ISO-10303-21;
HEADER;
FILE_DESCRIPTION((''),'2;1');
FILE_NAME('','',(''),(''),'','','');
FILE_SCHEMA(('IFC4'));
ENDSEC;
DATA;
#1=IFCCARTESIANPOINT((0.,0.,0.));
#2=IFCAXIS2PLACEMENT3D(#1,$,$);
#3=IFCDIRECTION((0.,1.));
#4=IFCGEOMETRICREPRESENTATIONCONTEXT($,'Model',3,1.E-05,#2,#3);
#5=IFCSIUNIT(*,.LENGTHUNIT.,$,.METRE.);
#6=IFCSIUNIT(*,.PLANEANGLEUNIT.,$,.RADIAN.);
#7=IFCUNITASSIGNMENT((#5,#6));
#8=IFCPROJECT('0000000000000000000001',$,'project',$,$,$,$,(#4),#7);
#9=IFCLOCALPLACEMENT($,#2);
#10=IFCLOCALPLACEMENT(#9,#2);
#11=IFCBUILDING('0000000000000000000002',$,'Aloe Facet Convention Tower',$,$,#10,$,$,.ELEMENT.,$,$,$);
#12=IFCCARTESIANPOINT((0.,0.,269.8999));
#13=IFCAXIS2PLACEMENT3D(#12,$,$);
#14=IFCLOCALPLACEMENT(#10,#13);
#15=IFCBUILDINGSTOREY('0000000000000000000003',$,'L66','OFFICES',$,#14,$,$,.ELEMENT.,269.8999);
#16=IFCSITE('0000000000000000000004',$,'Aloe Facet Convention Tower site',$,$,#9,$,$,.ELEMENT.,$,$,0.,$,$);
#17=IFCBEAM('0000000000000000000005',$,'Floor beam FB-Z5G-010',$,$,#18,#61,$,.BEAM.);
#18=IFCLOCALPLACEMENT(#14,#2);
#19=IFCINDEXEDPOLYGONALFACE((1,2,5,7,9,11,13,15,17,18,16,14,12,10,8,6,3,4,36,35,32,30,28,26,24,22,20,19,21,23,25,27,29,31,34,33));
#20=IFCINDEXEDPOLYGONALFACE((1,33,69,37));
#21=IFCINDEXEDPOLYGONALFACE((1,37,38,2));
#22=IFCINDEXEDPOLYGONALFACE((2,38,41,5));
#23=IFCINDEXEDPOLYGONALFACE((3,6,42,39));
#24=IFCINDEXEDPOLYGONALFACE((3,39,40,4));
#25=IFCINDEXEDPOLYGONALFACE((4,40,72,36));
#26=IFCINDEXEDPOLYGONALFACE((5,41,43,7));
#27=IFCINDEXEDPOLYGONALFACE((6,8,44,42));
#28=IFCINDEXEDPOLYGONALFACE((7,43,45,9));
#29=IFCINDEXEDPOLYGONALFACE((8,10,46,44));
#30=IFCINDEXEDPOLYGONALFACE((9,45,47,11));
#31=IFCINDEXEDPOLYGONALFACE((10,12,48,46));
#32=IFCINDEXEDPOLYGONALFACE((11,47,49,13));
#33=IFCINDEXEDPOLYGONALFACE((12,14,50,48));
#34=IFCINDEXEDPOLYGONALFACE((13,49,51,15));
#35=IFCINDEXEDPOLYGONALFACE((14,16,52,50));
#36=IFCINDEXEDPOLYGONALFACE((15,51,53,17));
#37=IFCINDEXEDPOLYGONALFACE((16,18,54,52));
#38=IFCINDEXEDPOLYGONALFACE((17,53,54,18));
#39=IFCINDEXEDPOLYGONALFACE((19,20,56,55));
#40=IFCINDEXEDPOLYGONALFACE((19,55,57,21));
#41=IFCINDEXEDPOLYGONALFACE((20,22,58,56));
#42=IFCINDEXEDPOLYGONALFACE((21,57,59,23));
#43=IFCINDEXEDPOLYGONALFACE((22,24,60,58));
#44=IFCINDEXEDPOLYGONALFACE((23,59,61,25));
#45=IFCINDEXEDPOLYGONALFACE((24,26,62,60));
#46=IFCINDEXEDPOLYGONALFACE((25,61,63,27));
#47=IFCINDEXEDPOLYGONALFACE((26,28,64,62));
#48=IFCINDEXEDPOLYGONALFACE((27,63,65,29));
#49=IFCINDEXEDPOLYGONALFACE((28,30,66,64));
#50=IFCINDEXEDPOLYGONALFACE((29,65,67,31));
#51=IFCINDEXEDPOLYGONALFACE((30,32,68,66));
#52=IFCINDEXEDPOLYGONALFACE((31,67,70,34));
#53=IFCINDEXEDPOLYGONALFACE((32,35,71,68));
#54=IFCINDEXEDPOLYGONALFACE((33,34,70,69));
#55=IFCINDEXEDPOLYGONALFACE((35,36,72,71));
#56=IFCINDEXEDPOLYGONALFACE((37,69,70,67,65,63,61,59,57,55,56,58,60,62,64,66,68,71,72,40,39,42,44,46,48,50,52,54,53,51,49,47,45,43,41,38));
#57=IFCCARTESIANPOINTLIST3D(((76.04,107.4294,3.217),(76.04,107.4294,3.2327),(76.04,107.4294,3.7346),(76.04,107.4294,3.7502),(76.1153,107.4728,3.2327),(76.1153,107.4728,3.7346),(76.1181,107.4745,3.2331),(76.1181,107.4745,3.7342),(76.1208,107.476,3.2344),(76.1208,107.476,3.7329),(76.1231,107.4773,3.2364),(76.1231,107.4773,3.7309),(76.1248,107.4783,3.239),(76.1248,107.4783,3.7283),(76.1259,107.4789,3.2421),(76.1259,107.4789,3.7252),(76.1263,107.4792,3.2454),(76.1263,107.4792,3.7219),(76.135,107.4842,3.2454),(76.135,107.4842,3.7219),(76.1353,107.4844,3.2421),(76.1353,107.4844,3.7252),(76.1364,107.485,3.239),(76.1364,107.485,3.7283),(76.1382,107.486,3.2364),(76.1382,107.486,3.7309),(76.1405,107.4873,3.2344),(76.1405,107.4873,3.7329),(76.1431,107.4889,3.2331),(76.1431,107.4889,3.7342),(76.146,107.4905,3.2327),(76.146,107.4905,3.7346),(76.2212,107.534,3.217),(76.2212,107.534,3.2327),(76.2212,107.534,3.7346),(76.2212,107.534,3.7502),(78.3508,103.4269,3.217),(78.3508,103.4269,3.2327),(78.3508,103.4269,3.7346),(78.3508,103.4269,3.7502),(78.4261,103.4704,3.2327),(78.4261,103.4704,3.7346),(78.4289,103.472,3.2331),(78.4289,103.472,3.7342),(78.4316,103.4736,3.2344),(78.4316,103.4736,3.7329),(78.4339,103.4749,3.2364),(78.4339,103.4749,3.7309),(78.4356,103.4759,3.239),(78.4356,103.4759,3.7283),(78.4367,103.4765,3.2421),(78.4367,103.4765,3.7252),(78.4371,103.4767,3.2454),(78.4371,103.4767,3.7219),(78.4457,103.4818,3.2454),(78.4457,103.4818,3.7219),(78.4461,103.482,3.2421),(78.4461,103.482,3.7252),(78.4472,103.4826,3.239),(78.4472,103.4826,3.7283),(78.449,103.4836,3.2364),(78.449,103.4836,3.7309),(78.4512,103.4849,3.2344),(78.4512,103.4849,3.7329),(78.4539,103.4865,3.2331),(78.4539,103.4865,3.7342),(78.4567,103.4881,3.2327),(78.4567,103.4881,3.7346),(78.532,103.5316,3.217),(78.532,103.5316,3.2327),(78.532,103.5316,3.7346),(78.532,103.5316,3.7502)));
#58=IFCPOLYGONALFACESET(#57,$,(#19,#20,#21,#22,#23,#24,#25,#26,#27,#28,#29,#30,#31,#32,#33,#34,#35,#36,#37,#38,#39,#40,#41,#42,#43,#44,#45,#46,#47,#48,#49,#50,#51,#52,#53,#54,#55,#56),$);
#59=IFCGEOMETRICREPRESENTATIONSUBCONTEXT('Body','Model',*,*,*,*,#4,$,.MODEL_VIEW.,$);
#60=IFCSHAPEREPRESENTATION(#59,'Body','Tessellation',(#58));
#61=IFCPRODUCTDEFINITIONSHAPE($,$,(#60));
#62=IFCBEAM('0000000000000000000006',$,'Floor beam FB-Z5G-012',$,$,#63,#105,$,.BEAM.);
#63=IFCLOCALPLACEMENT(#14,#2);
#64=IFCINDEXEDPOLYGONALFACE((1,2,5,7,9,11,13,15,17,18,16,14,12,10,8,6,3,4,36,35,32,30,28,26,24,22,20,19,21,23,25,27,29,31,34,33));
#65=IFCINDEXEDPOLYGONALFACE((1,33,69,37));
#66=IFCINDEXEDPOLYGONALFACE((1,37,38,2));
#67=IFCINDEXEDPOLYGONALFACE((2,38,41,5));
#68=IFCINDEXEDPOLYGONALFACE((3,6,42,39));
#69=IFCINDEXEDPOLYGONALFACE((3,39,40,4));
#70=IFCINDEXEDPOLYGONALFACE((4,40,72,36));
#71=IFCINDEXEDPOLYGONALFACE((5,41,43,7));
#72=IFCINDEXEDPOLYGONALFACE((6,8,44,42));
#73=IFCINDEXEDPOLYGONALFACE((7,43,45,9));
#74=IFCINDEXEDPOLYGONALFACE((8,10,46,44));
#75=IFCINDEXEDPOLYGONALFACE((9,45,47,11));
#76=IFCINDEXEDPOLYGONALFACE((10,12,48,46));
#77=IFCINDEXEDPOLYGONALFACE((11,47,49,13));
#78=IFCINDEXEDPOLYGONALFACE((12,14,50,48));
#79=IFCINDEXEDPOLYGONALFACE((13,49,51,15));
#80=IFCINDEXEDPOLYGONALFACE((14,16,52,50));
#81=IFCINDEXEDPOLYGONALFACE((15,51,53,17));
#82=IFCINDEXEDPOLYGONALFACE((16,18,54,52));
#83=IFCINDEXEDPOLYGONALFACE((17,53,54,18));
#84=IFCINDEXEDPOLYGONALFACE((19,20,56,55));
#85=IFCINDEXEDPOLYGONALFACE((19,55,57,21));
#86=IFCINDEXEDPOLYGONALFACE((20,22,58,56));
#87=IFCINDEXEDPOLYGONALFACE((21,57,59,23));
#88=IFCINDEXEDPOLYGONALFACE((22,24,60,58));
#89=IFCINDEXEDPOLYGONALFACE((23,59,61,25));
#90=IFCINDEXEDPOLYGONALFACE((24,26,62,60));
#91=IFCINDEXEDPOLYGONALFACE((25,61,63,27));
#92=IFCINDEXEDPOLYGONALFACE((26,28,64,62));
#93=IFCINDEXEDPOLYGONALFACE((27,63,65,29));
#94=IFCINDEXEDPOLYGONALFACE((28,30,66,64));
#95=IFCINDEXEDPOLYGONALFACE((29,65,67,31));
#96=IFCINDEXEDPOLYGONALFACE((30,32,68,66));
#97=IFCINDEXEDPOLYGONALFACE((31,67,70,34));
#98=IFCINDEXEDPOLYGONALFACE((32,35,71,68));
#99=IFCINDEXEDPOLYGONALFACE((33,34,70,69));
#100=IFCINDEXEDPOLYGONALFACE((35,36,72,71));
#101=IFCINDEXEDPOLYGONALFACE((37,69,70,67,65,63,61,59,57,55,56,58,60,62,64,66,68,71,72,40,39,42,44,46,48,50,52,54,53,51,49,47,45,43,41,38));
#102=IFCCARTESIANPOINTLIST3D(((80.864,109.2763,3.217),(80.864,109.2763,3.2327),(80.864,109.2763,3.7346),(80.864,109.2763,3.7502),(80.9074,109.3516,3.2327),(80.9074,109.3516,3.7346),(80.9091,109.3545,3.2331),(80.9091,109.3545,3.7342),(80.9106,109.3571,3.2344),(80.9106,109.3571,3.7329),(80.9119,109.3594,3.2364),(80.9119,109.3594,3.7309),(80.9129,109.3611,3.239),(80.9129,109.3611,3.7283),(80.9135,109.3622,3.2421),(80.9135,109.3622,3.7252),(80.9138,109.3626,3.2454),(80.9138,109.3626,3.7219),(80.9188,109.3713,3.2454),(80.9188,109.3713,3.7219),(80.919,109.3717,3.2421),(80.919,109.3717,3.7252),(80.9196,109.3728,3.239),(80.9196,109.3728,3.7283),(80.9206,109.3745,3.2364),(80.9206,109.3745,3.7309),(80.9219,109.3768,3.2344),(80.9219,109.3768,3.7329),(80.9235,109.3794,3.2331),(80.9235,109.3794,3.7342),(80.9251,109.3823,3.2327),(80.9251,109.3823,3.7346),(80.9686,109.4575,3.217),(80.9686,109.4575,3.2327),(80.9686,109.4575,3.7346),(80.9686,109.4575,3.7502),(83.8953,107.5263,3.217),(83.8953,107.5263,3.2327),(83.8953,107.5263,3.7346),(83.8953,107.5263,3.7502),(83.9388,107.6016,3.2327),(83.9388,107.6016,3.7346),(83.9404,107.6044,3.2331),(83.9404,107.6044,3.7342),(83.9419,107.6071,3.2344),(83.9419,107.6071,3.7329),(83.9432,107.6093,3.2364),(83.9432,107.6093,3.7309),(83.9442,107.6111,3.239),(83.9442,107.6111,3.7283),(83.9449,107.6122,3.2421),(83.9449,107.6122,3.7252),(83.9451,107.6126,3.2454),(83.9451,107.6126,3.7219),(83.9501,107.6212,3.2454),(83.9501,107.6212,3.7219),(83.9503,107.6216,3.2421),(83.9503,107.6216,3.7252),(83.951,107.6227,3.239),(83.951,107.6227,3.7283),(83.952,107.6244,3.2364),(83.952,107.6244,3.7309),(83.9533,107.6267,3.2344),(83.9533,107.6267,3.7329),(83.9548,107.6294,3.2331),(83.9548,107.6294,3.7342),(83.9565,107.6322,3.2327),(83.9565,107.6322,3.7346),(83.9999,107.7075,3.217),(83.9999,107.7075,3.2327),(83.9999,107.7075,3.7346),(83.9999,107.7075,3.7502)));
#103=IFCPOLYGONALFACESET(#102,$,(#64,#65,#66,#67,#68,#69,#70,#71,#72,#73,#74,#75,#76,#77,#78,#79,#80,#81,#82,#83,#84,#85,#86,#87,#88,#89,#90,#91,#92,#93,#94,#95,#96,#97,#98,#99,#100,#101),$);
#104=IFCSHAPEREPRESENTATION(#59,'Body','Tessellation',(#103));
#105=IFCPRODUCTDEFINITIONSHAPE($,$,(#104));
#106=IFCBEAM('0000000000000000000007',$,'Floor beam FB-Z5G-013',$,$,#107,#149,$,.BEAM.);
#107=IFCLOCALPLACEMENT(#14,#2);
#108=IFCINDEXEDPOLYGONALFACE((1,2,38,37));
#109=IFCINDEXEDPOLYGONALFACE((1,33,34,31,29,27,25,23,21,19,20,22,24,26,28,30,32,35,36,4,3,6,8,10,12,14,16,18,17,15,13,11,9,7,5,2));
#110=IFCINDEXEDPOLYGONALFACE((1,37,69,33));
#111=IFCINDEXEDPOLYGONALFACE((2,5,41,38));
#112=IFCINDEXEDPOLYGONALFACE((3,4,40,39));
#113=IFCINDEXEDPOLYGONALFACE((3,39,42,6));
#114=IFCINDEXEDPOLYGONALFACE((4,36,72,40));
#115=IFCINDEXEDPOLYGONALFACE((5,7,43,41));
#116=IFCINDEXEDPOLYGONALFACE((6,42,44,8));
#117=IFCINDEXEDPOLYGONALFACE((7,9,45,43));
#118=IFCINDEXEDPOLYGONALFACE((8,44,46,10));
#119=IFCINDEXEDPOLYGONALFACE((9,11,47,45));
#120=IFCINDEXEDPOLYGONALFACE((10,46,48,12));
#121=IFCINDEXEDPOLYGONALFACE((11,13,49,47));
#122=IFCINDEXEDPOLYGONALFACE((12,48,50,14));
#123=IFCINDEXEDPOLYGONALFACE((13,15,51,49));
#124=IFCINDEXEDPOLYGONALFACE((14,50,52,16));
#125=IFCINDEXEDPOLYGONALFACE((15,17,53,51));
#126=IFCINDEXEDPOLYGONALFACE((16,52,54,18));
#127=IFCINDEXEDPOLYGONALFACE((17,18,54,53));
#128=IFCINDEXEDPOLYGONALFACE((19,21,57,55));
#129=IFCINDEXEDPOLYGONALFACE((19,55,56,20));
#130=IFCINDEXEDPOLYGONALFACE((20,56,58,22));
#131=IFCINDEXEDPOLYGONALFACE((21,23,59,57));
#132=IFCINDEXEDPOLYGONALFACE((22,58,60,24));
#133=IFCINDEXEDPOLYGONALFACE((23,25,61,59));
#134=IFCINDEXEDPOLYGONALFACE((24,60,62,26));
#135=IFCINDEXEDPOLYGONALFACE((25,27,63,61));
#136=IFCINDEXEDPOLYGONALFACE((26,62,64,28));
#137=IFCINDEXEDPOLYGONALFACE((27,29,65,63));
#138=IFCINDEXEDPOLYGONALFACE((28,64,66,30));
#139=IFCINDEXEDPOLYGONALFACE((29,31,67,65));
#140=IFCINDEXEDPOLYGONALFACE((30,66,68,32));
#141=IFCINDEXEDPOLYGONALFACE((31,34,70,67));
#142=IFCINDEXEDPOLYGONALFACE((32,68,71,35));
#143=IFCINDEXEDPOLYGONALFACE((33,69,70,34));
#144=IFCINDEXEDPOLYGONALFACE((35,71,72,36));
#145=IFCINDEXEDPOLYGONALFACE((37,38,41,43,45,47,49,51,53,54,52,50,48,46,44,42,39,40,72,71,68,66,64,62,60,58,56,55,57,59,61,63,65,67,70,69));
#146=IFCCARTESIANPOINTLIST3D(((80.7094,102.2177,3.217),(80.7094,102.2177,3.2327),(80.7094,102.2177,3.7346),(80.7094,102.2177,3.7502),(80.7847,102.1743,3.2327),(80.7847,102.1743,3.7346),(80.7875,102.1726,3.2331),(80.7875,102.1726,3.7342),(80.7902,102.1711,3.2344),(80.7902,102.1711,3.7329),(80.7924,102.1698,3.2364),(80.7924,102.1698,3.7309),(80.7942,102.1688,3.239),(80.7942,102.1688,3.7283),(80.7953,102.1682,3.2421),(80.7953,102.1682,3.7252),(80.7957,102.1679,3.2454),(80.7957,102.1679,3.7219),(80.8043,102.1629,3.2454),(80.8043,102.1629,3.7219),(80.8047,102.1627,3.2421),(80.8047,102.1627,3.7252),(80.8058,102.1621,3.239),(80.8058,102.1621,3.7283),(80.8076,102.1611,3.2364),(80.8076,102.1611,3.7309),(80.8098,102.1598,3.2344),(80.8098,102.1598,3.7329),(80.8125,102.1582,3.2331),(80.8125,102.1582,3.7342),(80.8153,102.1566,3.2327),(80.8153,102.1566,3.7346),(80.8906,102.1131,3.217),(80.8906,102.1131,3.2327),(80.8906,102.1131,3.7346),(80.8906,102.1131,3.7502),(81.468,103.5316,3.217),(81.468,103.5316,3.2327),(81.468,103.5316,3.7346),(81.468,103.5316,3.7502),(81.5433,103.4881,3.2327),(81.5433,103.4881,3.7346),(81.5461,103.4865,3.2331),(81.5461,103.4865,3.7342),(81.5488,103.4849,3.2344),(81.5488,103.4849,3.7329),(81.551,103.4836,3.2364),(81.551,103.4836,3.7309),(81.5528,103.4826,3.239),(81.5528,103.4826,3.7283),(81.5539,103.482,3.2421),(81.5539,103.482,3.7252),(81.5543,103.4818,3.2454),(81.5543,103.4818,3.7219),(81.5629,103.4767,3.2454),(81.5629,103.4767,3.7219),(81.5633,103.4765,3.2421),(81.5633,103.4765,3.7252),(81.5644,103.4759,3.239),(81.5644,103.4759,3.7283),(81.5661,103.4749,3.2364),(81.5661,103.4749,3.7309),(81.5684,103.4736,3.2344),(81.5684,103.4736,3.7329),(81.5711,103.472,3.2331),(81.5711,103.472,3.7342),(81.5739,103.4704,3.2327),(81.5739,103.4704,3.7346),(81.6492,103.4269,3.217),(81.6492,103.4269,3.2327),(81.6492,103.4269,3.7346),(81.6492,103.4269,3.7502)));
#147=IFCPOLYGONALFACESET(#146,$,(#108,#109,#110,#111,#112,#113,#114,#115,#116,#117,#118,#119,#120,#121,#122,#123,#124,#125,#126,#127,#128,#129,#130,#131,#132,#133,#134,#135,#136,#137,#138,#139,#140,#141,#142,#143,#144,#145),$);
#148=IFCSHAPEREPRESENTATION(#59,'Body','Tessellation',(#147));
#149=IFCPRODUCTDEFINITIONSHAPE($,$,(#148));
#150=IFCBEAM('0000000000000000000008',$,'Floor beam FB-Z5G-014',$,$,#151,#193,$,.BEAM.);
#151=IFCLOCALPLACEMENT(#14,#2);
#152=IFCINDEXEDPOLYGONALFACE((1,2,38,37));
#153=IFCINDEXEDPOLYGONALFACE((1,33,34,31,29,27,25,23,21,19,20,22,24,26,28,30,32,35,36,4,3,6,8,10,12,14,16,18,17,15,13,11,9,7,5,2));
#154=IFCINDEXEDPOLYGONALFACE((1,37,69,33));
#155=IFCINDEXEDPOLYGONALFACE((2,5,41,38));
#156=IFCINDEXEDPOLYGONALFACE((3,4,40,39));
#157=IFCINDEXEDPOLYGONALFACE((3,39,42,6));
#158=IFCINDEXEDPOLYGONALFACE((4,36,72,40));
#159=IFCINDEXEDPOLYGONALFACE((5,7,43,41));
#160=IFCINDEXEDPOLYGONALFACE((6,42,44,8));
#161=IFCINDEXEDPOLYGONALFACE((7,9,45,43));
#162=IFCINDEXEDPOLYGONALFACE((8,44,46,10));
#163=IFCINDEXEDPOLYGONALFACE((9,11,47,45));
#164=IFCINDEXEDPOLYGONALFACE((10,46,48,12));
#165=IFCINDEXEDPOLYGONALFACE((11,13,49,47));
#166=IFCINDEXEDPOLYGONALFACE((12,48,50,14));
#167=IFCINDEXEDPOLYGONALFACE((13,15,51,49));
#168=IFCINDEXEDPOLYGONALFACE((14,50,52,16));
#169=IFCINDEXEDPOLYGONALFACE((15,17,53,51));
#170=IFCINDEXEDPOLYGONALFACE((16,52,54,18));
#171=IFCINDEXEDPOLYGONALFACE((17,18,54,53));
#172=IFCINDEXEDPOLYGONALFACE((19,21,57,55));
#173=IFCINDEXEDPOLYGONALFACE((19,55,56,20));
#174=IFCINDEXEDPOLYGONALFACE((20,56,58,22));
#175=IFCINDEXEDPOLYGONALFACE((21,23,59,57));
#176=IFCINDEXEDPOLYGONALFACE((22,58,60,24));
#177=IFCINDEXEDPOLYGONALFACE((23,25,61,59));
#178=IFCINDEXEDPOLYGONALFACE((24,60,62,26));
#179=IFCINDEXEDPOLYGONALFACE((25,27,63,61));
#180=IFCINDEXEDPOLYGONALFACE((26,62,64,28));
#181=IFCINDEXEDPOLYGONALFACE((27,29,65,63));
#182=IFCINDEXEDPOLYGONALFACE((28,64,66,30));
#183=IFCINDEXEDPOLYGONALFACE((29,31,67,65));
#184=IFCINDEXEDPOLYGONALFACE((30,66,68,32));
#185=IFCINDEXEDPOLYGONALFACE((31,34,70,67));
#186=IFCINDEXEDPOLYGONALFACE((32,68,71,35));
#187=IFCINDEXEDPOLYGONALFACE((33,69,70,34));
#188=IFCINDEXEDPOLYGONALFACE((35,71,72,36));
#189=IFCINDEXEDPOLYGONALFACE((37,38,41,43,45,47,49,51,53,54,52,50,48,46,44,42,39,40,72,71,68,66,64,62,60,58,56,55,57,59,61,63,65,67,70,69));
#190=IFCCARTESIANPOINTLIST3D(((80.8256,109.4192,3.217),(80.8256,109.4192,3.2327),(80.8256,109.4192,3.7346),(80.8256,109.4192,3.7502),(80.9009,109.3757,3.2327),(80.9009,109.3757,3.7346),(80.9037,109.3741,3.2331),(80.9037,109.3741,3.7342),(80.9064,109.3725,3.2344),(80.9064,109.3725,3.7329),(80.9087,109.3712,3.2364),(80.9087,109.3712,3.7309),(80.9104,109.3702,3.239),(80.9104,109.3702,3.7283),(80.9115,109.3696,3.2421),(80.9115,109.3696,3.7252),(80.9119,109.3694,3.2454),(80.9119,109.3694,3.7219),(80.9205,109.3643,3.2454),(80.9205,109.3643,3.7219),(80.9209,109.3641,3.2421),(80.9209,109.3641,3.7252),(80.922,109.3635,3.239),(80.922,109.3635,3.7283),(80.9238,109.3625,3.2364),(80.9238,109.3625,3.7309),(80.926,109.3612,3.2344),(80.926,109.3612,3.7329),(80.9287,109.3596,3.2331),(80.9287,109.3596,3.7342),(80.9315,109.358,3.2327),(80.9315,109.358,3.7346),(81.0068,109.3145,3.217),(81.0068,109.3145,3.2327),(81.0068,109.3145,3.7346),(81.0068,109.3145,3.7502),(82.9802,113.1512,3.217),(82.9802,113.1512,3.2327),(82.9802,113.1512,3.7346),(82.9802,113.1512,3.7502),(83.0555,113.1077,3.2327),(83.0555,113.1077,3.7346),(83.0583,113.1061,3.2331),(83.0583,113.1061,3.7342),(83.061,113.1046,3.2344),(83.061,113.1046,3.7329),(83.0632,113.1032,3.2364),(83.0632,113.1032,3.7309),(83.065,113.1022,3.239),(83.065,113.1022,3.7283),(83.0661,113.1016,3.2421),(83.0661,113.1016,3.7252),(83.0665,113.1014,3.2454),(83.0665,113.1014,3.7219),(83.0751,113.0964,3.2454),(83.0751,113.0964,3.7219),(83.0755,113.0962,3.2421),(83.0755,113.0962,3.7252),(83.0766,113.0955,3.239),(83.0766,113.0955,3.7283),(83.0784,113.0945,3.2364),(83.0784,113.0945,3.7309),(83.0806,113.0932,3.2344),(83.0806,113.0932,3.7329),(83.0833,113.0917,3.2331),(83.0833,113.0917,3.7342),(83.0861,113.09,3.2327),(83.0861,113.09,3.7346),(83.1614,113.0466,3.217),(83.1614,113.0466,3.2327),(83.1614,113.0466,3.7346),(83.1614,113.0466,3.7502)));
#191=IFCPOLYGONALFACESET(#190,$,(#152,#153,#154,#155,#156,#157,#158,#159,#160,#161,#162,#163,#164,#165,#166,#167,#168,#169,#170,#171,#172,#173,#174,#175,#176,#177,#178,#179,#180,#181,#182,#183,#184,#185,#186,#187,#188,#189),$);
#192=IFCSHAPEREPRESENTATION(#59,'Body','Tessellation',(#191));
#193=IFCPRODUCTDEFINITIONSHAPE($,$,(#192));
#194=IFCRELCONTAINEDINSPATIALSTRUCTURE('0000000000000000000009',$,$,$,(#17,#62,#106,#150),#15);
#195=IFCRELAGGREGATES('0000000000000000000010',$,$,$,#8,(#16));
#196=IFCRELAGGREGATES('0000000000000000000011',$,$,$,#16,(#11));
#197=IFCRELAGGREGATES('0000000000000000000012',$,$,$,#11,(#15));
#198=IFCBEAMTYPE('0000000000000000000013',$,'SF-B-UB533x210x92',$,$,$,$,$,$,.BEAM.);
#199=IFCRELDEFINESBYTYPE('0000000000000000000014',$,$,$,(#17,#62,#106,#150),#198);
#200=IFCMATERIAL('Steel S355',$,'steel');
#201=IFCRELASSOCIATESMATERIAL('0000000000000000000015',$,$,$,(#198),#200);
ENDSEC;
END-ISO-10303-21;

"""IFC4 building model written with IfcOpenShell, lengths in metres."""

from ifc_helpers import new_model, si_unit, direction, frame, origin, origin_2d, place, context, subcontext, project, spatial, i_section, extrude, material, material_profile, profile_set, type_object, element, save


model = new_model("IFC4")

# Units and contexts
model_context = context("Model", 3, precision=1e-05, world=origin(), true_north=direction((0.0, 1.0)))
body_context = subcontext(model_context, "Body", "Model", "MODEL_VIEW")
ifc_project = project(units=[si_unit("LENGTHUNIT", "METRE"), si_unit("PLANEANGLEUNIT", "RADIAN")], contexts=[model_context])

# Site, building, storey
site_placement = place(None, origin())
site = spatial("IfcSite", under=ifc_project, at=site_placement, Name="Aloe Facet Convention Tower site", CompositionType="ELEMENT", RefElevation=0.0)
building_placement = place(site_placement, origin())
building = spatial("IfcBuilding", under=site, at=building_placement, Name="Aloe Facet Convention Tower", CompositionType="ELEMENT")
storey_placement = place(building_placement, frame((0.0, 0.0, 269.8999)))
storey = spatial("IfcBuildingStorey", under=building, at=storey_placement, Name="L66", Description="OFFICES", CompositionType="ELEMENT", Elevation=269.8999)

# Beams
ifc_material_1 = material(Name="Steel S355", Category="steel")
ifc_material_profile_1 = material_profile(ifc_material_1, i_section(OverallWidth=0.2092, OverallDepth=0.5332, WebThickness=0.01, FlangeThickness=0.0156, FilletRadius=0.0127, at=origin_2d()), Name="UB 533x210x92")
ifc_profile_set_1 = profile_set([ifc_material_profile_1], Name="Steel S355")
beam_type_1 = type_object("IfcBeamType", Name="SF-B-UB533x210x92", PredefinedType="BEAM", material=ifc_profile_set_1)
beam_1_placement = place(storey_placement, frame((78.4414, 103.4792, 3.4836), z_axis=(-0.499997, 0.866027, 0.0), x_axis=(-0.866027, -0.499997, 0.0)))
element("IfcBeam", 1, at=beam_1_placement, inside=storey, type_object=beam_type_1, Name="Floor beam FB-Z5G-010", PredefinedType="BEAM", context=body_context, shape_type="SweptSolid", body=[
    extrude(i_section(OverallWidth=0.2092, OverallDepth=0.5332, WebThickness=0.01, FlangeThickness=0.0156, FilletRadius=0.0127, at=origin_2d()), origin(), (0.0, 0.0, 1.0), 4.6216),
])
beam_2_placement = place(storey_placement, frame((80.9163, 109.3669, 3.4836), z_axis=(0.866037, -0.49998, 0.0), x_axis=(0.49998, 0.866037, 0.0)))
element("IfcBeam", 2, at=beam_2_placement, inside=storey, type_object=beam_type_1, Name="Floor beam FB-Z5G-012", PredefinedType="BEAM", context=body_context, shape_type="SweptSolid", body=[
    extrude(i_section(OverallWidth=0.2092, OverallDepth=0.5332, WebThickness=0.01, FlangeThickness=0.0156, FilletRadius=0.0127, at=origin_2d()), origin(), (0.0, 0.0, 1.0), 3.5002),
])
beam_3_placement = place(storey_placement, frame((81.5586, 103.4792, 3.4836), z_axis=(-0.500034, -0.866006, 0.0), x_axis=(0.866006, -0.500034, 0.0)))
element("IfcBeam", 3, at=beam_3_placement, inside=storey, type_object=beam_type_1, Name="Floor beam FB-Z5G-013", PredefinedType="BEAM", context=body_context, shape_type="SweptSolid", body=[
    extrude(i_section(OverallWidth=0.2092, OverallDepth=0.5332, WebThickness=0.01, FlangeThickness=0.0156, FilletRadius=0.0127, at=origin_2d()), origin(), (0.0, 0.0, 1.0), 1.5171),
])
beam_4_placement = place(storey_placement, frame((83.0708, 113.0989, 3.4836), z_axis=(-0.499984, -0.866035, 0.0), x_axis=(0.866035, -0.499984, 0.0)))
element("IfcBeam", 4, at=beam_4_placement, inside=storey, type_object=beam_type_1, Name="Floor beam FB-Z5G-014", PredefinedType="BEAM", context=body_context, shape_type="SweptSolid", body=[
    extrude(i_section(OverallWidth=0.2092, OverallDepth=0.5332, WebThickness=0.01, FlangeThickness=0.0156, FilletRadius=0.0127, at=origin_2d()), origin(), (0.0, 0.0, 1.0), 4.3093),
])

save(model, "model.ifc")
